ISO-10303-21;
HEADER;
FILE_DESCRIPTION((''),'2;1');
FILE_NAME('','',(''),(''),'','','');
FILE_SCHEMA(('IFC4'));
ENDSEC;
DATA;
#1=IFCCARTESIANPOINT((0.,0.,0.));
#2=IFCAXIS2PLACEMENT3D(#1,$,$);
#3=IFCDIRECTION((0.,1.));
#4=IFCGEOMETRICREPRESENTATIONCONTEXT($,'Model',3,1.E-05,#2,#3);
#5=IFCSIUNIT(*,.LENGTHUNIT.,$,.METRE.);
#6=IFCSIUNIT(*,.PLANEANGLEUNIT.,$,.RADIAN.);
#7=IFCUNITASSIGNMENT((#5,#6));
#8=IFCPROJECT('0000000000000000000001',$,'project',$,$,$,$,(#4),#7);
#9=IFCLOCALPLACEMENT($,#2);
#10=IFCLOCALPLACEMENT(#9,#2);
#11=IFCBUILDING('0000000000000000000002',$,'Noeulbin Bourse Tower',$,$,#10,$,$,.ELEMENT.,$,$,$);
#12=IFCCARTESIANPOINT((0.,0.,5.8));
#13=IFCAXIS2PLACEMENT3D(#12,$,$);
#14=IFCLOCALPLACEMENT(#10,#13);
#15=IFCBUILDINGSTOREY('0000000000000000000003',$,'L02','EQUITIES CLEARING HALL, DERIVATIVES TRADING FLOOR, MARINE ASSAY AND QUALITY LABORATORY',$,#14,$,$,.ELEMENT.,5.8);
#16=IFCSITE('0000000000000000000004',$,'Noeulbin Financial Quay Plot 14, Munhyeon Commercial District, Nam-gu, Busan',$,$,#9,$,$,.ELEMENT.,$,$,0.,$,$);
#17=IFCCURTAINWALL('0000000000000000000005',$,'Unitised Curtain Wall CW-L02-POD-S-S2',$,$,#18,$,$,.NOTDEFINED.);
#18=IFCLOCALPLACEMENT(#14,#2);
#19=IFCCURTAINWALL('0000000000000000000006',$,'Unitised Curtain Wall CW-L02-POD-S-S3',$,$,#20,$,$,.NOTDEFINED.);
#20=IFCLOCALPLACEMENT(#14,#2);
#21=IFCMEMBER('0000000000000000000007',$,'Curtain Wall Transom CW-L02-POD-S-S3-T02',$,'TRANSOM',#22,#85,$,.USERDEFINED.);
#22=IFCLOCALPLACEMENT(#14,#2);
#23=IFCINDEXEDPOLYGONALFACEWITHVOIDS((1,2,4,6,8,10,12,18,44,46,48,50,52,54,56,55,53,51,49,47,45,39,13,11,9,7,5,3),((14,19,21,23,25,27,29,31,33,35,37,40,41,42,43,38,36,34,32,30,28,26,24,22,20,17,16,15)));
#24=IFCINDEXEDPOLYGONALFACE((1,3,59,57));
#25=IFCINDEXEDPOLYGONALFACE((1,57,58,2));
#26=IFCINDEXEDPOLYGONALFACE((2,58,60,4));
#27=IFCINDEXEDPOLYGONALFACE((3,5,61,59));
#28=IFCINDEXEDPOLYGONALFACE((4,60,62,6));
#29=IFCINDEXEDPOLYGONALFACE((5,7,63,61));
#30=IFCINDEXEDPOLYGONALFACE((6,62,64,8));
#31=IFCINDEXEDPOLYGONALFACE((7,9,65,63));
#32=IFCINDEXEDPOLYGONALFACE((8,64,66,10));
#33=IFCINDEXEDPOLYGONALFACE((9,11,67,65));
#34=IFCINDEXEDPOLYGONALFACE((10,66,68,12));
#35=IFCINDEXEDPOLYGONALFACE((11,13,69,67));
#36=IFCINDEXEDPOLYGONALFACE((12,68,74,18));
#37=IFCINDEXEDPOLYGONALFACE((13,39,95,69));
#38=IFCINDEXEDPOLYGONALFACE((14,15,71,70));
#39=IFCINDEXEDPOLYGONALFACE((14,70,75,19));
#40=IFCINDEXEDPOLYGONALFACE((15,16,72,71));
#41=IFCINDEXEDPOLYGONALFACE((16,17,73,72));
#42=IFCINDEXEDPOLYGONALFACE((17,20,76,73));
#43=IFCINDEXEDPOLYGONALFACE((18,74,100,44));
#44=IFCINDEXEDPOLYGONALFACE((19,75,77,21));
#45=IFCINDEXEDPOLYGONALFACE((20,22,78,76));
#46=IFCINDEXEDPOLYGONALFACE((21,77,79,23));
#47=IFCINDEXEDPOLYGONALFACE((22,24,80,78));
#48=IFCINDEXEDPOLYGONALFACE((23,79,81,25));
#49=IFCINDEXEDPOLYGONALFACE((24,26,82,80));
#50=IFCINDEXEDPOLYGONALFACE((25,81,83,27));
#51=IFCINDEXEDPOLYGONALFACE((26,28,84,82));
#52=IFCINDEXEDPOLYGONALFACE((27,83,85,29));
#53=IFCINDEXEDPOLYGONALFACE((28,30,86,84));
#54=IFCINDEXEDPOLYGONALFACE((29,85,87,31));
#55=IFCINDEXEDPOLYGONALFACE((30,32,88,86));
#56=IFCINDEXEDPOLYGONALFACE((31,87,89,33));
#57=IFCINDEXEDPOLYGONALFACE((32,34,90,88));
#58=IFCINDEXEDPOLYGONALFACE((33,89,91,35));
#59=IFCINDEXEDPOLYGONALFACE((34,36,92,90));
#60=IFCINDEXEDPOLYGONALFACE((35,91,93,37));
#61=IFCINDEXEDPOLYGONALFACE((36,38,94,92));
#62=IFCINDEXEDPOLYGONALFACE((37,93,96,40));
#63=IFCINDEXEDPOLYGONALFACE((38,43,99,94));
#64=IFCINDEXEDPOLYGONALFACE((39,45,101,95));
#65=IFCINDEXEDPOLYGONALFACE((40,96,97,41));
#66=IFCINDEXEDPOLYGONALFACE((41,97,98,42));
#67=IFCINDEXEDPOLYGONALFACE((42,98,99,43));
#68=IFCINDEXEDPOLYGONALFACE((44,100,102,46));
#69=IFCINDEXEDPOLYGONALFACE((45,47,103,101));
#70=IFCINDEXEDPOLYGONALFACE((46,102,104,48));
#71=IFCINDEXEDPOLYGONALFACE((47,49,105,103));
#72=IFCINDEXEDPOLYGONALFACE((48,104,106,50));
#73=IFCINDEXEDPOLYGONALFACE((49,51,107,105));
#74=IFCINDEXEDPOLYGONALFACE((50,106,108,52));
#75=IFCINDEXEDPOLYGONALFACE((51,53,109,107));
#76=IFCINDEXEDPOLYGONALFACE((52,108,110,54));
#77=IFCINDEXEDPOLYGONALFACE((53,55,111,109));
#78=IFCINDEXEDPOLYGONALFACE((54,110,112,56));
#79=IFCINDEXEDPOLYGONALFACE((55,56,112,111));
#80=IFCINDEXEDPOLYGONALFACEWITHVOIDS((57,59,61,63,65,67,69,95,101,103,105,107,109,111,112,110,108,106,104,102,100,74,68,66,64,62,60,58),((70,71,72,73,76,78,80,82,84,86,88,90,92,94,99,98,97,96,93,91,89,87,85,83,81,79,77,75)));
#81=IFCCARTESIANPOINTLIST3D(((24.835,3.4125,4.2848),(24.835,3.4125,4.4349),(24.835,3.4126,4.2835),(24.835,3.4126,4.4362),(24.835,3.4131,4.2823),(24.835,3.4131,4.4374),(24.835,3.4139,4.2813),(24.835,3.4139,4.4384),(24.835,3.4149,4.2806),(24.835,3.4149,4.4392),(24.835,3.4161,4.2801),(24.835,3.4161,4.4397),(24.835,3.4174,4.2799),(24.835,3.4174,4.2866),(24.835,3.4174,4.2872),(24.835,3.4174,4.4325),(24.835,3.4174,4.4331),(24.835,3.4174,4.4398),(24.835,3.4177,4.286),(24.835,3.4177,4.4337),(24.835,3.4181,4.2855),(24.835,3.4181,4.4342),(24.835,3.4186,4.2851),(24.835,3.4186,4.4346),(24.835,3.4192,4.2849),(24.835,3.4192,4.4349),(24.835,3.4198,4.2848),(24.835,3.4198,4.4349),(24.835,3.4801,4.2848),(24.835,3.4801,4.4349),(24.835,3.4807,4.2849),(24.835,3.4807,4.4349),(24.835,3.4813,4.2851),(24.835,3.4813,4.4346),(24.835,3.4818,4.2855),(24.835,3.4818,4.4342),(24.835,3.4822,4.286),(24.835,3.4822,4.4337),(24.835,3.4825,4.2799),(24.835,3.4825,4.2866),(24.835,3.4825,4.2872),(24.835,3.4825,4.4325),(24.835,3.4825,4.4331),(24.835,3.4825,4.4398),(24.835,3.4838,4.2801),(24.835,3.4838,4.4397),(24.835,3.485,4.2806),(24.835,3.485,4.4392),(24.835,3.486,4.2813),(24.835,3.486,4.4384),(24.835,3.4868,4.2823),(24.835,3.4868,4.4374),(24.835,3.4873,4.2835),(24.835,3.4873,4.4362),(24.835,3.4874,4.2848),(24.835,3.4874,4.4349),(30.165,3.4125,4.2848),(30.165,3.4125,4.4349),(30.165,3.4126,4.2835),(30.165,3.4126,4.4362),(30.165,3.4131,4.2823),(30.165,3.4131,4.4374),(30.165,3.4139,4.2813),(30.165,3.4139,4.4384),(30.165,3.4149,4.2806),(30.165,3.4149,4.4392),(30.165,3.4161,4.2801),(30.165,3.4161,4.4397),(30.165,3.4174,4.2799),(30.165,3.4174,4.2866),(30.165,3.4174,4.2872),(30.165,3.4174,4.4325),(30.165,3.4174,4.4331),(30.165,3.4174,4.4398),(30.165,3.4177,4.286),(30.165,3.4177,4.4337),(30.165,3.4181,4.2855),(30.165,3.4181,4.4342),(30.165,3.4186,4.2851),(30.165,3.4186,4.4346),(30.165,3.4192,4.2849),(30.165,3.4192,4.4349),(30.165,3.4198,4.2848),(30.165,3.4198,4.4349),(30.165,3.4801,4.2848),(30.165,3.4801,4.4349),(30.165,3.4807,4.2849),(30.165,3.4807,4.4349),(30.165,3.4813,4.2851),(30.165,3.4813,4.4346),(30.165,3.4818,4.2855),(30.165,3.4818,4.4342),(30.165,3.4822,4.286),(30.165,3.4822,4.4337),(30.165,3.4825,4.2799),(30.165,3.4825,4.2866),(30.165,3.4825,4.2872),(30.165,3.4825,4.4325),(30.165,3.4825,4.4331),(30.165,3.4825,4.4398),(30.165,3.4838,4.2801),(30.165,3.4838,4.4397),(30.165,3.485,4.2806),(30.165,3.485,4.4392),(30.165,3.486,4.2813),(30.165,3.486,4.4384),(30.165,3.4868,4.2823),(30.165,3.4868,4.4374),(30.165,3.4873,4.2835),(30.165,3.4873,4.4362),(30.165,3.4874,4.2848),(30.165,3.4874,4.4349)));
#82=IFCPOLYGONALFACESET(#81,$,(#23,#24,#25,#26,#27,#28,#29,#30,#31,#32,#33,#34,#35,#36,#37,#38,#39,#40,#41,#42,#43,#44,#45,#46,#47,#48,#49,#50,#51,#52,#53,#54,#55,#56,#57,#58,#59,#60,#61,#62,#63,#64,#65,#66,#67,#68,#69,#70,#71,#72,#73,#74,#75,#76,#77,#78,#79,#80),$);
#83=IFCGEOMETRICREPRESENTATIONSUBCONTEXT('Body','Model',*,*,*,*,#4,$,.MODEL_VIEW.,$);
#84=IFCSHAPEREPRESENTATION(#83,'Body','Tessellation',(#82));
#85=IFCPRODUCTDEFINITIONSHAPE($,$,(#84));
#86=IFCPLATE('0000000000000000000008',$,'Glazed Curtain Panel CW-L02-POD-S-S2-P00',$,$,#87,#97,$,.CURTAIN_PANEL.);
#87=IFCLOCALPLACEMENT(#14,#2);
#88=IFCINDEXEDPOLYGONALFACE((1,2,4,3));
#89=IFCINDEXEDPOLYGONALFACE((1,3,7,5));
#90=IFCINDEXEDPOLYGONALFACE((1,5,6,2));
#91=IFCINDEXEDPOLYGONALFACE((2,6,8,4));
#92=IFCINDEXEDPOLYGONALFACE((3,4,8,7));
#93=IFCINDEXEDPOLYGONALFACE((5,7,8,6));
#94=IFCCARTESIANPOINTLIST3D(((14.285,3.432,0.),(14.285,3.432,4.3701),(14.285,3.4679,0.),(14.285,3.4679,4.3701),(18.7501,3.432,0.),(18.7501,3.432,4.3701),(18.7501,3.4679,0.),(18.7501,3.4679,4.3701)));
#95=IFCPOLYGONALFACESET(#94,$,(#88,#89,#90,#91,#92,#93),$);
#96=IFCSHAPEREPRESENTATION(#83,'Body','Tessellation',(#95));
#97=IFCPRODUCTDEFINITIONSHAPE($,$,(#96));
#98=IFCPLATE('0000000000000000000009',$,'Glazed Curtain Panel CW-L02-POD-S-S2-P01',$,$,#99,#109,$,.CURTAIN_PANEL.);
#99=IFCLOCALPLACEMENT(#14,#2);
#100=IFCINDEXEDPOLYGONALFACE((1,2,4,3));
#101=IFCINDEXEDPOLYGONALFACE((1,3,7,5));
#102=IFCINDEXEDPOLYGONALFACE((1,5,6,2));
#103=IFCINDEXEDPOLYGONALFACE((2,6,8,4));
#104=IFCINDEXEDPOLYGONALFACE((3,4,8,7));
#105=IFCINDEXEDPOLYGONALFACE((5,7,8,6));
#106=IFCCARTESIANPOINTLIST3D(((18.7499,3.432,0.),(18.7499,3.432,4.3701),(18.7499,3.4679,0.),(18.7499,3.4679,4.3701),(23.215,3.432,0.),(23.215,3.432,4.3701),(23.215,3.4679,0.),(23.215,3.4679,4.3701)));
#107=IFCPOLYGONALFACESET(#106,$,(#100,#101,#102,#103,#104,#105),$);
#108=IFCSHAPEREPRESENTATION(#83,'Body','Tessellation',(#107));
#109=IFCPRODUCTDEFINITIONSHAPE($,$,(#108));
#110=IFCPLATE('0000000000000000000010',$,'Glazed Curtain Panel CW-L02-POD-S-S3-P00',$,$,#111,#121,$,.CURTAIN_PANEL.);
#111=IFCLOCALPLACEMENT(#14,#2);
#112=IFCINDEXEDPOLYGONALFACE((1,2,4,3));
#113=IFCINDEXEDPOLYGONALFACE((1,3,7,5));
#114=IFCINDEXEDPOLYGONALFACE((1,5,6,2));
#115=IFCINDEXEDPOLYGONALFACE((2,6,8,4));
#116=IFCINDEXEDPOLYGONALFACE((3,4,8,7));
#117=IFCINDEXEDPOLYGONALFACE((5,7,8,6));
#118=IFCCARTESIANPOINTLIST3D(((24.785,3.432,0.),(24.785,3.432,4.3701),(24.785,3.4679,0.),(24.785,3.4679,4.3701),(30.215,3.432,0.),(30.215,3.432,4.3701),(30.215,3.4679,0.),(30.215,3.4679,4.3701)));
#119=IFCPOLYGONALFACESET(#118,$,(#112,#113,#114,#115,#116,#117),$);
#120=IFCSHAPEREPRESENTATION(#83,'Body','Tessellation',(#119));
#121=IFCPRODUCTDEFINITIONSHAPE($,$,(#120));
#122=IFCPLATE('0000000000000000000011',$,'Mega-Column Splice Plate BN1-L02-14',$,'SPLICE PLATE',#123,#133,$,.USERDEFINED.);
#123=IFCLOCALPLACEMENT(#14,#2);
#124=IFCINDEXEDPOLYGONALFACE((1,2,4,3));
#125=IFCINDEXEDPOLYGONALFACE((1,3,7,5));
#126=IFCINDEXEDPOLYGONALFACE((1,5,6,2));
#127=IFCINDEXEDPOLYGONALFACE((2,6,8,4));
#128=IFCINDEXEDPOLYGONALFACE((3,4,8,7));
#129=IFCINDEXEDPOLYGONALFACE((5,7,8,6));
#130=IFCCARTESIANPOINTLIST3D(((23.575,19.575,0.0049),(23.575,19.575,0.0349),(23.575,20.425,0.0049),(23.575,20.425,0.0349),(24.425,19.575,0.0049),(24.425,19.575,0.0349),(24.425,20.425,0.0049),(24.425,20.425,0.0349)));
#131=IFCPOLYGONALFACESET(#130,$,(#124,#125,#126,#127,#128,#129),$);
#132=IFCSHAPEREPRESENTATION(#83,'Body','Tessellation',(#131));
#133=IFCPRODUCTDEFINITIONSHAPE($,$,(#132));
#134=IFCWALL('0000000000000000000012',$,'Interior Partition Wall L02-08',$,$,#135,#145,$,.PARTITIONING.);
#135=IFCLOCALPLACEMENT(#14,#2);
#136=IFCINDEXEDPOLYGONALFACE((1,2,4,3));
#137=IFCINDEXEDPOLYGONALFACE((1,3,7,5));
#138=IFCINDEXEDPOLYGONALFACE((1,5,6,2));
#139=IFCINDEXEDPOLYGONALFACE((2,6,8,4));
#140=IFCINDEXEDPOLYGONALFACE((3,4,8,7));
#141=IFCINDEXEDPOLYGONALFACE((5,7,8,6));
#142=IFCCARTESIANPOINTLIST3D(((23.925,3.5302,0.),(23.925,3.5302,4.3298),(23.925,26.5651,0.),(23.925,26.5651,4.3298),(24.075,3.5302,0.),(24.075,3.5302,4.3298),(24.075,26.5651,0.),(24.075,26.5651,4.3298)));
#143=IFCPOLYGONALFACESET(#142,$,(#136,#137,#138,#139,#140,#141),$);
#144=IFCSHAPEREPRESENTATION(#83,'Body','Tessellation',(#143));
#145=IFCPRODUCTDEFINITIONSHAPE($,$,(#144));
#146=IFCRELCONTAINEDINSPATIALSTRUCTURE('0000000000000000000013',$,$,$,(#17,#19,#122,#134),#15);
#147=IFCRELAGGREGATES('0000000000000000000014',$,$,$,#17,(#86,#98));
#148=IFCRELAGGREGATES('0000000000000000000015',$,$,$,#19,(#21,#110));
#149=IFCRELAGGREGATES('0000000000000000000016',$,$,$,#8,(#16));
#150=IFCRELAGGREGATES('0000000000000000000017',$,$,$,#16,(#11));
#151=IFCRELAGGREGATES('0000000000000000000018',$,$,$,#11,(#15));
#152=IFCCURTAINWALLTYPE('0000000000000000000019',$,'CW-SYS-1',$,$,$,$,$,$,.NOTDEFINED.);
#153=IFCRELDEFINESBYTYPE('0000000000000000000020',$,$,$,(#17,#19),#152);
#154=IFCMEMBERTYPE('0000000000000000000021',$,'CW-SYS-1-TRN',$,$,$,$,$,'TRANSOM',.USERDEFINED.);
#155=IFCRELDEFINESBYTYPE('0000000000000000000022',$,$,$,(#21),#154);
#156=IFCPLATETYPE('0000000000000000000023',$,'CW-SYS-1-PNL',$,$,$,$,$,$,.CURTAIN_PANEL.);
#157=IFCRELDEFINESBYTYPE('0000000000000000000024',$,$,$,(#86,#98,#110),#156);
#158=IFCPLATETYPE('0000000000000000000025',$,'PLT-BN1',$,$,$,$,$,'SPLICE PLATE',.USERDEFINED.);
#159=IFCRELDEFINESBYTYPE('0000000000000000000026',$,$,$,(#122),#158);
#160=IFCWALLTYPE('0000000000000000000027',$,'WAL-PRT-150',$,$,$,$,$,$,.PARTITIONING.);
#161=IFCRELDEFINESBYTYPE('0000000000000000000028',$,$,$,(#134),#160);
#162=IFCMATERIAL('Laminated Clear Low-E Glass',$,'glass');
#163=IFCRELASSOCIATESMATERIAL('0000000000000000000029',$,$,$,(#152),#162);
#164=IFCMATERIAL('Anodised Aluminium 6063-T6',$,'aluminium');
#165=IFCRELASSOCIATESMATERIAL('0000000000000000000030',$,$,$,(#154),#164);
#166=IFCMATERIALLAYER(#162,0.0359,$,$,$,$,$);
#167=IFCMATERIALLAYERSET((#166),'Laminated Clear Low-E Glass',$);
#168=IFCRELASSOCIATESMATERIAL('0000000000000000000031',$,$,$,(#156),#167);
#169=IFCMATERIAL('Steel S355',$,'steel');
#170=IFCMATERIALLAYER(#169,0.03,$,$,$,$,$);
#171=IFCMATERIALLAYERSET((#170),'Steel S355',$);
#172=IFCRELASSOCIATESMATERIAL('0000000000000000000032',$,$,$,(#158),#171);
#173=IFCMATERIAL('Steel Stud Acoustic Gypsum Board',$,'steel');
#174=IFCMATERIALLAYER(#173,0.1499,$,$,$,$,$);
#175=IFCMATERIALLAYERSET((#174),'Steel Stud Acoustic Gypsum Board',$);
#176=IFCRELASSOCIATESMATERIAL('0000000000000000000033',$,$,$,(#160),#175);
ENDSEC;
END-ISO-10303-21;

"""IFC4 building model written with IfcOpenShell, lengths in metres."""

from ifc_helpers import new_model, si_unit, direction, frame, frame_2d, origin, origin_2d, place, context, subcontext, project, spatial, rectangle, hollow_rectangle, extrude, material, layer, layer_set, material_profile, profile_set, type_object, element, aggregate, save


model = new_model("IFC4")

# Units and contexts
model_context = context("Model", 3, precision=1e-05, world=origin(), true_north=direction((0.0, 1.0)))
body_context = subcontext(model_context, "Body", "Model", "MODEL_VIEW")
ifc_project = project(units=[si_unit("LENGTHUNIT", "METRE"), si_unit("PLANEANGLEUNIT", "RADIAN")], contexts=[model_context])

# Site, building, storey
site_placement = place(None, origin())
site = spatial("IfcSite", under=ifc_project, at=site_placement, Name="Noeulbin Financial Quay Plot 14, Munhyeon Commercial District, Nam-gu, Busan", CompositionType="ELEMENT", RefElevation=0.0)
building_placement = place(site_placement, origin())
building = spatial("IfcBuilding", under=site, at=building_placement, Name="Noeulbin Bourse Tower", CompositionType="ELEMENT")
storey_placement = place(building_placement, frame((0.0, 0.0, 5.8)))
storey = spatial("IfcBuildingStorey", under=building, at=storey_placement, Name="L02", Description="EQUITIES CLEARING HALL, DERIVATIVES TRADING FLOOR, MARINE ASSAY AND QUALITY LABORATORY", CompositionType="ELEMENT", Elevation=5.8)

# Shared definitions
ifc_material_1 = material(Name="Steel S355", Category="steel")

# Curtain wall
ifc_material_2 = material(Name="Laminated Clear Low-E Glass", Category="glass")
curtain_wall_type = type_object("IfcCurtainWallType", Name="CW-SYS-1", PredefinedType="NOTDEFINED", material=ifc_material_2)
curtain_wall_1_placement = place(storey_placement, origin())
curtain_wall_1 = element("IfcCurtainWall", 1, at=curtain_wall_1_placement, inside=storey, type_object=curtain_wall_type, Name="Unitised Curtain Wall CW-L02-POD-S-S2", PredefinedType="NOTDEFINED")
ifc_material_3 = material(Name="Anodised Aluminium 6063-T6", Category="aluminium")

# Curtain wall
curtain_wall_2_placement = place(storey_placement, origin())
curtain_wall_2 = element("IfcCurtainWall", 2, at=curtain_wall_2_placement, inside=storey, type_object=curtain_wall_type, Name="Unitised Curtain Wall CW-L02-POD-S-S3", PredefinedType="NOTDEFINED")

# Member
ifc_material_profile_1 = material_profile(ifc_material_3, hollow_rectangle(XDim=0.075, YDim=0.1599, WallThickness=0.0049, InnerFilletRadius=0.0024, OuterFilletRadius=0.0049, at=origin_2d()), Name="ALU-TRAN-75x160x5", Category="LoadBearing")
ifc_profile_set_1 = profile_set([ifc_material_profile_1], Name="Anodised Aluminium 6063-T6")
member_type_1 = type_object("IfcMemberType", Name="CW-SYS-1-TRN", ElementType="TRANSOM", PredefinedType="USERDEFINED", material=ifc_profile_set_1)
member_1_placement = place(storey_placement, frame((24.835, 3.45, 4.3599), z_axis=(1.0, 0.0, 0.0), x_axis=(0.0, 1.0, 0.0)))
member_1 = element("IfcMember", 3, at=member_1_placement, type_object=member_type_1, Name="Curtain Wall Transom CW-L02-POD-S-S3-T02", ObjectType="TRANSOM", PredefinedType="USERDEFINED", context=body_context, shape_type="SweptSolid", body=[
    extrude(hollow_rectangle(XDim=0.075, YDim=0.1599, WallThickness=0.0049, InnerFilletRadius=0.0024, OuterFilletRadius=0.0049, at=origin_2d()), origin(), (0.0, 0.0, 1.0), 5.3301),
])

# Plates
ifc_layer_1 = layer(ifc_material_2, 0.0359)
ifc_layer_set_1 = layer_set([ifc_layer_1], Name="Laminated Clear Low-E Glass")
plate_type_1 = type_object("IfcPlateType", Name="CW-SYS-1-PNL", PredefinedType="CURTAIN_PANEL", material=ifc_layer_set_1)
plate_1_placement = place(storey_placement, frame((16.5176, 3.45, 0.0), z_axis=(0.0, 0.0, 1.0), x_axis=(1.0, 0.0, 0.0)))
plate_1 = element("IfcPlate", 4, at=plate_1_placement, type_object=plate_type_1, Name="Glazed Curtain Panel CW-L02-POD-S-S2-P00", PredefinedType="CURTAIN_PANEL", context=body_context, shape_type="SweptSolid", body=[
    extrude(rectangle(XDim=4.4651, YDim=0.0359, at=origin_2d()), origin(), (0.0, 0.0, 1.0), 4.3701),
])
plate_2_placement = place(storey_placement, frame((20.9824, 3.45, 0.0), z_axis=(0.0, 0.0, 1.0), x_axis=(1.0, 0.0, 0.0)))
plate_2 = element("IfcPlate", 5, at=plate_2_placement, type_object=plate_type_1, Name="Glazed Curtain Panel CW-L02-POD-S-S2-P01", PredefinedType="CURTAIN_PANEL", context=body_context, shape_type="SweptSolid", body=[
    extrude(rectangle(XDim=4.4651, YDim=0.0359, at=origin_2d()), origin(), (0.0, 0.0, 1.0), 4.3701),
])
aggregate(curtain_wall_1, [plate_1, plate_2])
plate_3_placement = place(storey_placement, frame((27.5, 3.45, 0.0), z_axis=(0.0, 0.0, 1.0), x_axis=(1.0, 0.0, 0.0)))
plate_3 = element("IfcPlate", 6, at=plate_3_placement, type_object=plate_type_1, Name="Glazed Curtain Panel CW-L02-POD-S-S3-P00", PredefinedType="CURTAIN_PANEL", context=body_context, shape_type="SweptSolid", body=[
    extrude(rectangle(XDim=5.4299, YDim=0.0359, at=origin_2d()), origin(), (0.0, 0.0, 1.0), 4.3701),
])
aggregate(curtain_wall_2, [member_1, plate_3])
ifc_layer_2 = layer(ifc_material_1, 0.03)
ifc_layer_set_2 = layer_set([ifc_layer_2], Name="Steel S355")
plate_type_2 = type_object("IfcPlateType", Name="PLT-BN1", ElementType="SPLICE PLATE", PredefinedType="USERDEFINED", material=ifc_layer_set_2)
plate_4_placement = place(storey_placement, frame((24.0, 20.0, 0.0049), z_axis=(0.0, 0.0, 1.0), x_axis=(1.0, 0.0, 0.0)))
element("IfcPlate", 7, at=plate_4_placement, inside=storey, type_object=plate_type_2, Name="Mega-Column Splice Plate BN1-L02-14", ObjectType="SPLICE PLATE", PredefinedType="USERDEFINED", context=body_context, shape_type="SweptSolid", body=[
    extrude(rectangle(XDim=0.8501, YDim=0.8501, at=origin_2d()), origin(), (0.0, 0.0, 1.0), 0.03),
])

# Wall
ifc_material_4 = material(Name="Steel Stud Acoustic Gypsum Board", Category="steel")
ifc_layer_3 = layer(ifc_material_4, 0.1499)
ifc_layer_set_3 = layer_set([ifc_layer_3], Name="Steel Stud Acoustic Gypsum Board")
wall_type = type_object("IfcWallType", Name="WAL-PRT-150", PredefinedType="PARTITIONING", material=ifc_layer_set_3)
wall_placement = place(storey_placement, frame((24.0, 3.53, 0.0), z_axis=(0.0, 0.0, 1.0), x_axis=(0.0, 1.0, 0.0)))
element("IfcWall", 8, at=wall_placement, inside=storey, type_object=wall_type, Name="Interior Partition Wall L02-08", PredefinedType="PARTITIONING", context=body_context, shape_type="SweptSolid", body=[
    extrude(rectangle(XDim=23.0349, YDim=0.1499, at=frame_2d((11.5176, 0.0))), origin(), (0.0, 0.0, 1.0), 4.3298),
])

save(model, "model.ifc")
